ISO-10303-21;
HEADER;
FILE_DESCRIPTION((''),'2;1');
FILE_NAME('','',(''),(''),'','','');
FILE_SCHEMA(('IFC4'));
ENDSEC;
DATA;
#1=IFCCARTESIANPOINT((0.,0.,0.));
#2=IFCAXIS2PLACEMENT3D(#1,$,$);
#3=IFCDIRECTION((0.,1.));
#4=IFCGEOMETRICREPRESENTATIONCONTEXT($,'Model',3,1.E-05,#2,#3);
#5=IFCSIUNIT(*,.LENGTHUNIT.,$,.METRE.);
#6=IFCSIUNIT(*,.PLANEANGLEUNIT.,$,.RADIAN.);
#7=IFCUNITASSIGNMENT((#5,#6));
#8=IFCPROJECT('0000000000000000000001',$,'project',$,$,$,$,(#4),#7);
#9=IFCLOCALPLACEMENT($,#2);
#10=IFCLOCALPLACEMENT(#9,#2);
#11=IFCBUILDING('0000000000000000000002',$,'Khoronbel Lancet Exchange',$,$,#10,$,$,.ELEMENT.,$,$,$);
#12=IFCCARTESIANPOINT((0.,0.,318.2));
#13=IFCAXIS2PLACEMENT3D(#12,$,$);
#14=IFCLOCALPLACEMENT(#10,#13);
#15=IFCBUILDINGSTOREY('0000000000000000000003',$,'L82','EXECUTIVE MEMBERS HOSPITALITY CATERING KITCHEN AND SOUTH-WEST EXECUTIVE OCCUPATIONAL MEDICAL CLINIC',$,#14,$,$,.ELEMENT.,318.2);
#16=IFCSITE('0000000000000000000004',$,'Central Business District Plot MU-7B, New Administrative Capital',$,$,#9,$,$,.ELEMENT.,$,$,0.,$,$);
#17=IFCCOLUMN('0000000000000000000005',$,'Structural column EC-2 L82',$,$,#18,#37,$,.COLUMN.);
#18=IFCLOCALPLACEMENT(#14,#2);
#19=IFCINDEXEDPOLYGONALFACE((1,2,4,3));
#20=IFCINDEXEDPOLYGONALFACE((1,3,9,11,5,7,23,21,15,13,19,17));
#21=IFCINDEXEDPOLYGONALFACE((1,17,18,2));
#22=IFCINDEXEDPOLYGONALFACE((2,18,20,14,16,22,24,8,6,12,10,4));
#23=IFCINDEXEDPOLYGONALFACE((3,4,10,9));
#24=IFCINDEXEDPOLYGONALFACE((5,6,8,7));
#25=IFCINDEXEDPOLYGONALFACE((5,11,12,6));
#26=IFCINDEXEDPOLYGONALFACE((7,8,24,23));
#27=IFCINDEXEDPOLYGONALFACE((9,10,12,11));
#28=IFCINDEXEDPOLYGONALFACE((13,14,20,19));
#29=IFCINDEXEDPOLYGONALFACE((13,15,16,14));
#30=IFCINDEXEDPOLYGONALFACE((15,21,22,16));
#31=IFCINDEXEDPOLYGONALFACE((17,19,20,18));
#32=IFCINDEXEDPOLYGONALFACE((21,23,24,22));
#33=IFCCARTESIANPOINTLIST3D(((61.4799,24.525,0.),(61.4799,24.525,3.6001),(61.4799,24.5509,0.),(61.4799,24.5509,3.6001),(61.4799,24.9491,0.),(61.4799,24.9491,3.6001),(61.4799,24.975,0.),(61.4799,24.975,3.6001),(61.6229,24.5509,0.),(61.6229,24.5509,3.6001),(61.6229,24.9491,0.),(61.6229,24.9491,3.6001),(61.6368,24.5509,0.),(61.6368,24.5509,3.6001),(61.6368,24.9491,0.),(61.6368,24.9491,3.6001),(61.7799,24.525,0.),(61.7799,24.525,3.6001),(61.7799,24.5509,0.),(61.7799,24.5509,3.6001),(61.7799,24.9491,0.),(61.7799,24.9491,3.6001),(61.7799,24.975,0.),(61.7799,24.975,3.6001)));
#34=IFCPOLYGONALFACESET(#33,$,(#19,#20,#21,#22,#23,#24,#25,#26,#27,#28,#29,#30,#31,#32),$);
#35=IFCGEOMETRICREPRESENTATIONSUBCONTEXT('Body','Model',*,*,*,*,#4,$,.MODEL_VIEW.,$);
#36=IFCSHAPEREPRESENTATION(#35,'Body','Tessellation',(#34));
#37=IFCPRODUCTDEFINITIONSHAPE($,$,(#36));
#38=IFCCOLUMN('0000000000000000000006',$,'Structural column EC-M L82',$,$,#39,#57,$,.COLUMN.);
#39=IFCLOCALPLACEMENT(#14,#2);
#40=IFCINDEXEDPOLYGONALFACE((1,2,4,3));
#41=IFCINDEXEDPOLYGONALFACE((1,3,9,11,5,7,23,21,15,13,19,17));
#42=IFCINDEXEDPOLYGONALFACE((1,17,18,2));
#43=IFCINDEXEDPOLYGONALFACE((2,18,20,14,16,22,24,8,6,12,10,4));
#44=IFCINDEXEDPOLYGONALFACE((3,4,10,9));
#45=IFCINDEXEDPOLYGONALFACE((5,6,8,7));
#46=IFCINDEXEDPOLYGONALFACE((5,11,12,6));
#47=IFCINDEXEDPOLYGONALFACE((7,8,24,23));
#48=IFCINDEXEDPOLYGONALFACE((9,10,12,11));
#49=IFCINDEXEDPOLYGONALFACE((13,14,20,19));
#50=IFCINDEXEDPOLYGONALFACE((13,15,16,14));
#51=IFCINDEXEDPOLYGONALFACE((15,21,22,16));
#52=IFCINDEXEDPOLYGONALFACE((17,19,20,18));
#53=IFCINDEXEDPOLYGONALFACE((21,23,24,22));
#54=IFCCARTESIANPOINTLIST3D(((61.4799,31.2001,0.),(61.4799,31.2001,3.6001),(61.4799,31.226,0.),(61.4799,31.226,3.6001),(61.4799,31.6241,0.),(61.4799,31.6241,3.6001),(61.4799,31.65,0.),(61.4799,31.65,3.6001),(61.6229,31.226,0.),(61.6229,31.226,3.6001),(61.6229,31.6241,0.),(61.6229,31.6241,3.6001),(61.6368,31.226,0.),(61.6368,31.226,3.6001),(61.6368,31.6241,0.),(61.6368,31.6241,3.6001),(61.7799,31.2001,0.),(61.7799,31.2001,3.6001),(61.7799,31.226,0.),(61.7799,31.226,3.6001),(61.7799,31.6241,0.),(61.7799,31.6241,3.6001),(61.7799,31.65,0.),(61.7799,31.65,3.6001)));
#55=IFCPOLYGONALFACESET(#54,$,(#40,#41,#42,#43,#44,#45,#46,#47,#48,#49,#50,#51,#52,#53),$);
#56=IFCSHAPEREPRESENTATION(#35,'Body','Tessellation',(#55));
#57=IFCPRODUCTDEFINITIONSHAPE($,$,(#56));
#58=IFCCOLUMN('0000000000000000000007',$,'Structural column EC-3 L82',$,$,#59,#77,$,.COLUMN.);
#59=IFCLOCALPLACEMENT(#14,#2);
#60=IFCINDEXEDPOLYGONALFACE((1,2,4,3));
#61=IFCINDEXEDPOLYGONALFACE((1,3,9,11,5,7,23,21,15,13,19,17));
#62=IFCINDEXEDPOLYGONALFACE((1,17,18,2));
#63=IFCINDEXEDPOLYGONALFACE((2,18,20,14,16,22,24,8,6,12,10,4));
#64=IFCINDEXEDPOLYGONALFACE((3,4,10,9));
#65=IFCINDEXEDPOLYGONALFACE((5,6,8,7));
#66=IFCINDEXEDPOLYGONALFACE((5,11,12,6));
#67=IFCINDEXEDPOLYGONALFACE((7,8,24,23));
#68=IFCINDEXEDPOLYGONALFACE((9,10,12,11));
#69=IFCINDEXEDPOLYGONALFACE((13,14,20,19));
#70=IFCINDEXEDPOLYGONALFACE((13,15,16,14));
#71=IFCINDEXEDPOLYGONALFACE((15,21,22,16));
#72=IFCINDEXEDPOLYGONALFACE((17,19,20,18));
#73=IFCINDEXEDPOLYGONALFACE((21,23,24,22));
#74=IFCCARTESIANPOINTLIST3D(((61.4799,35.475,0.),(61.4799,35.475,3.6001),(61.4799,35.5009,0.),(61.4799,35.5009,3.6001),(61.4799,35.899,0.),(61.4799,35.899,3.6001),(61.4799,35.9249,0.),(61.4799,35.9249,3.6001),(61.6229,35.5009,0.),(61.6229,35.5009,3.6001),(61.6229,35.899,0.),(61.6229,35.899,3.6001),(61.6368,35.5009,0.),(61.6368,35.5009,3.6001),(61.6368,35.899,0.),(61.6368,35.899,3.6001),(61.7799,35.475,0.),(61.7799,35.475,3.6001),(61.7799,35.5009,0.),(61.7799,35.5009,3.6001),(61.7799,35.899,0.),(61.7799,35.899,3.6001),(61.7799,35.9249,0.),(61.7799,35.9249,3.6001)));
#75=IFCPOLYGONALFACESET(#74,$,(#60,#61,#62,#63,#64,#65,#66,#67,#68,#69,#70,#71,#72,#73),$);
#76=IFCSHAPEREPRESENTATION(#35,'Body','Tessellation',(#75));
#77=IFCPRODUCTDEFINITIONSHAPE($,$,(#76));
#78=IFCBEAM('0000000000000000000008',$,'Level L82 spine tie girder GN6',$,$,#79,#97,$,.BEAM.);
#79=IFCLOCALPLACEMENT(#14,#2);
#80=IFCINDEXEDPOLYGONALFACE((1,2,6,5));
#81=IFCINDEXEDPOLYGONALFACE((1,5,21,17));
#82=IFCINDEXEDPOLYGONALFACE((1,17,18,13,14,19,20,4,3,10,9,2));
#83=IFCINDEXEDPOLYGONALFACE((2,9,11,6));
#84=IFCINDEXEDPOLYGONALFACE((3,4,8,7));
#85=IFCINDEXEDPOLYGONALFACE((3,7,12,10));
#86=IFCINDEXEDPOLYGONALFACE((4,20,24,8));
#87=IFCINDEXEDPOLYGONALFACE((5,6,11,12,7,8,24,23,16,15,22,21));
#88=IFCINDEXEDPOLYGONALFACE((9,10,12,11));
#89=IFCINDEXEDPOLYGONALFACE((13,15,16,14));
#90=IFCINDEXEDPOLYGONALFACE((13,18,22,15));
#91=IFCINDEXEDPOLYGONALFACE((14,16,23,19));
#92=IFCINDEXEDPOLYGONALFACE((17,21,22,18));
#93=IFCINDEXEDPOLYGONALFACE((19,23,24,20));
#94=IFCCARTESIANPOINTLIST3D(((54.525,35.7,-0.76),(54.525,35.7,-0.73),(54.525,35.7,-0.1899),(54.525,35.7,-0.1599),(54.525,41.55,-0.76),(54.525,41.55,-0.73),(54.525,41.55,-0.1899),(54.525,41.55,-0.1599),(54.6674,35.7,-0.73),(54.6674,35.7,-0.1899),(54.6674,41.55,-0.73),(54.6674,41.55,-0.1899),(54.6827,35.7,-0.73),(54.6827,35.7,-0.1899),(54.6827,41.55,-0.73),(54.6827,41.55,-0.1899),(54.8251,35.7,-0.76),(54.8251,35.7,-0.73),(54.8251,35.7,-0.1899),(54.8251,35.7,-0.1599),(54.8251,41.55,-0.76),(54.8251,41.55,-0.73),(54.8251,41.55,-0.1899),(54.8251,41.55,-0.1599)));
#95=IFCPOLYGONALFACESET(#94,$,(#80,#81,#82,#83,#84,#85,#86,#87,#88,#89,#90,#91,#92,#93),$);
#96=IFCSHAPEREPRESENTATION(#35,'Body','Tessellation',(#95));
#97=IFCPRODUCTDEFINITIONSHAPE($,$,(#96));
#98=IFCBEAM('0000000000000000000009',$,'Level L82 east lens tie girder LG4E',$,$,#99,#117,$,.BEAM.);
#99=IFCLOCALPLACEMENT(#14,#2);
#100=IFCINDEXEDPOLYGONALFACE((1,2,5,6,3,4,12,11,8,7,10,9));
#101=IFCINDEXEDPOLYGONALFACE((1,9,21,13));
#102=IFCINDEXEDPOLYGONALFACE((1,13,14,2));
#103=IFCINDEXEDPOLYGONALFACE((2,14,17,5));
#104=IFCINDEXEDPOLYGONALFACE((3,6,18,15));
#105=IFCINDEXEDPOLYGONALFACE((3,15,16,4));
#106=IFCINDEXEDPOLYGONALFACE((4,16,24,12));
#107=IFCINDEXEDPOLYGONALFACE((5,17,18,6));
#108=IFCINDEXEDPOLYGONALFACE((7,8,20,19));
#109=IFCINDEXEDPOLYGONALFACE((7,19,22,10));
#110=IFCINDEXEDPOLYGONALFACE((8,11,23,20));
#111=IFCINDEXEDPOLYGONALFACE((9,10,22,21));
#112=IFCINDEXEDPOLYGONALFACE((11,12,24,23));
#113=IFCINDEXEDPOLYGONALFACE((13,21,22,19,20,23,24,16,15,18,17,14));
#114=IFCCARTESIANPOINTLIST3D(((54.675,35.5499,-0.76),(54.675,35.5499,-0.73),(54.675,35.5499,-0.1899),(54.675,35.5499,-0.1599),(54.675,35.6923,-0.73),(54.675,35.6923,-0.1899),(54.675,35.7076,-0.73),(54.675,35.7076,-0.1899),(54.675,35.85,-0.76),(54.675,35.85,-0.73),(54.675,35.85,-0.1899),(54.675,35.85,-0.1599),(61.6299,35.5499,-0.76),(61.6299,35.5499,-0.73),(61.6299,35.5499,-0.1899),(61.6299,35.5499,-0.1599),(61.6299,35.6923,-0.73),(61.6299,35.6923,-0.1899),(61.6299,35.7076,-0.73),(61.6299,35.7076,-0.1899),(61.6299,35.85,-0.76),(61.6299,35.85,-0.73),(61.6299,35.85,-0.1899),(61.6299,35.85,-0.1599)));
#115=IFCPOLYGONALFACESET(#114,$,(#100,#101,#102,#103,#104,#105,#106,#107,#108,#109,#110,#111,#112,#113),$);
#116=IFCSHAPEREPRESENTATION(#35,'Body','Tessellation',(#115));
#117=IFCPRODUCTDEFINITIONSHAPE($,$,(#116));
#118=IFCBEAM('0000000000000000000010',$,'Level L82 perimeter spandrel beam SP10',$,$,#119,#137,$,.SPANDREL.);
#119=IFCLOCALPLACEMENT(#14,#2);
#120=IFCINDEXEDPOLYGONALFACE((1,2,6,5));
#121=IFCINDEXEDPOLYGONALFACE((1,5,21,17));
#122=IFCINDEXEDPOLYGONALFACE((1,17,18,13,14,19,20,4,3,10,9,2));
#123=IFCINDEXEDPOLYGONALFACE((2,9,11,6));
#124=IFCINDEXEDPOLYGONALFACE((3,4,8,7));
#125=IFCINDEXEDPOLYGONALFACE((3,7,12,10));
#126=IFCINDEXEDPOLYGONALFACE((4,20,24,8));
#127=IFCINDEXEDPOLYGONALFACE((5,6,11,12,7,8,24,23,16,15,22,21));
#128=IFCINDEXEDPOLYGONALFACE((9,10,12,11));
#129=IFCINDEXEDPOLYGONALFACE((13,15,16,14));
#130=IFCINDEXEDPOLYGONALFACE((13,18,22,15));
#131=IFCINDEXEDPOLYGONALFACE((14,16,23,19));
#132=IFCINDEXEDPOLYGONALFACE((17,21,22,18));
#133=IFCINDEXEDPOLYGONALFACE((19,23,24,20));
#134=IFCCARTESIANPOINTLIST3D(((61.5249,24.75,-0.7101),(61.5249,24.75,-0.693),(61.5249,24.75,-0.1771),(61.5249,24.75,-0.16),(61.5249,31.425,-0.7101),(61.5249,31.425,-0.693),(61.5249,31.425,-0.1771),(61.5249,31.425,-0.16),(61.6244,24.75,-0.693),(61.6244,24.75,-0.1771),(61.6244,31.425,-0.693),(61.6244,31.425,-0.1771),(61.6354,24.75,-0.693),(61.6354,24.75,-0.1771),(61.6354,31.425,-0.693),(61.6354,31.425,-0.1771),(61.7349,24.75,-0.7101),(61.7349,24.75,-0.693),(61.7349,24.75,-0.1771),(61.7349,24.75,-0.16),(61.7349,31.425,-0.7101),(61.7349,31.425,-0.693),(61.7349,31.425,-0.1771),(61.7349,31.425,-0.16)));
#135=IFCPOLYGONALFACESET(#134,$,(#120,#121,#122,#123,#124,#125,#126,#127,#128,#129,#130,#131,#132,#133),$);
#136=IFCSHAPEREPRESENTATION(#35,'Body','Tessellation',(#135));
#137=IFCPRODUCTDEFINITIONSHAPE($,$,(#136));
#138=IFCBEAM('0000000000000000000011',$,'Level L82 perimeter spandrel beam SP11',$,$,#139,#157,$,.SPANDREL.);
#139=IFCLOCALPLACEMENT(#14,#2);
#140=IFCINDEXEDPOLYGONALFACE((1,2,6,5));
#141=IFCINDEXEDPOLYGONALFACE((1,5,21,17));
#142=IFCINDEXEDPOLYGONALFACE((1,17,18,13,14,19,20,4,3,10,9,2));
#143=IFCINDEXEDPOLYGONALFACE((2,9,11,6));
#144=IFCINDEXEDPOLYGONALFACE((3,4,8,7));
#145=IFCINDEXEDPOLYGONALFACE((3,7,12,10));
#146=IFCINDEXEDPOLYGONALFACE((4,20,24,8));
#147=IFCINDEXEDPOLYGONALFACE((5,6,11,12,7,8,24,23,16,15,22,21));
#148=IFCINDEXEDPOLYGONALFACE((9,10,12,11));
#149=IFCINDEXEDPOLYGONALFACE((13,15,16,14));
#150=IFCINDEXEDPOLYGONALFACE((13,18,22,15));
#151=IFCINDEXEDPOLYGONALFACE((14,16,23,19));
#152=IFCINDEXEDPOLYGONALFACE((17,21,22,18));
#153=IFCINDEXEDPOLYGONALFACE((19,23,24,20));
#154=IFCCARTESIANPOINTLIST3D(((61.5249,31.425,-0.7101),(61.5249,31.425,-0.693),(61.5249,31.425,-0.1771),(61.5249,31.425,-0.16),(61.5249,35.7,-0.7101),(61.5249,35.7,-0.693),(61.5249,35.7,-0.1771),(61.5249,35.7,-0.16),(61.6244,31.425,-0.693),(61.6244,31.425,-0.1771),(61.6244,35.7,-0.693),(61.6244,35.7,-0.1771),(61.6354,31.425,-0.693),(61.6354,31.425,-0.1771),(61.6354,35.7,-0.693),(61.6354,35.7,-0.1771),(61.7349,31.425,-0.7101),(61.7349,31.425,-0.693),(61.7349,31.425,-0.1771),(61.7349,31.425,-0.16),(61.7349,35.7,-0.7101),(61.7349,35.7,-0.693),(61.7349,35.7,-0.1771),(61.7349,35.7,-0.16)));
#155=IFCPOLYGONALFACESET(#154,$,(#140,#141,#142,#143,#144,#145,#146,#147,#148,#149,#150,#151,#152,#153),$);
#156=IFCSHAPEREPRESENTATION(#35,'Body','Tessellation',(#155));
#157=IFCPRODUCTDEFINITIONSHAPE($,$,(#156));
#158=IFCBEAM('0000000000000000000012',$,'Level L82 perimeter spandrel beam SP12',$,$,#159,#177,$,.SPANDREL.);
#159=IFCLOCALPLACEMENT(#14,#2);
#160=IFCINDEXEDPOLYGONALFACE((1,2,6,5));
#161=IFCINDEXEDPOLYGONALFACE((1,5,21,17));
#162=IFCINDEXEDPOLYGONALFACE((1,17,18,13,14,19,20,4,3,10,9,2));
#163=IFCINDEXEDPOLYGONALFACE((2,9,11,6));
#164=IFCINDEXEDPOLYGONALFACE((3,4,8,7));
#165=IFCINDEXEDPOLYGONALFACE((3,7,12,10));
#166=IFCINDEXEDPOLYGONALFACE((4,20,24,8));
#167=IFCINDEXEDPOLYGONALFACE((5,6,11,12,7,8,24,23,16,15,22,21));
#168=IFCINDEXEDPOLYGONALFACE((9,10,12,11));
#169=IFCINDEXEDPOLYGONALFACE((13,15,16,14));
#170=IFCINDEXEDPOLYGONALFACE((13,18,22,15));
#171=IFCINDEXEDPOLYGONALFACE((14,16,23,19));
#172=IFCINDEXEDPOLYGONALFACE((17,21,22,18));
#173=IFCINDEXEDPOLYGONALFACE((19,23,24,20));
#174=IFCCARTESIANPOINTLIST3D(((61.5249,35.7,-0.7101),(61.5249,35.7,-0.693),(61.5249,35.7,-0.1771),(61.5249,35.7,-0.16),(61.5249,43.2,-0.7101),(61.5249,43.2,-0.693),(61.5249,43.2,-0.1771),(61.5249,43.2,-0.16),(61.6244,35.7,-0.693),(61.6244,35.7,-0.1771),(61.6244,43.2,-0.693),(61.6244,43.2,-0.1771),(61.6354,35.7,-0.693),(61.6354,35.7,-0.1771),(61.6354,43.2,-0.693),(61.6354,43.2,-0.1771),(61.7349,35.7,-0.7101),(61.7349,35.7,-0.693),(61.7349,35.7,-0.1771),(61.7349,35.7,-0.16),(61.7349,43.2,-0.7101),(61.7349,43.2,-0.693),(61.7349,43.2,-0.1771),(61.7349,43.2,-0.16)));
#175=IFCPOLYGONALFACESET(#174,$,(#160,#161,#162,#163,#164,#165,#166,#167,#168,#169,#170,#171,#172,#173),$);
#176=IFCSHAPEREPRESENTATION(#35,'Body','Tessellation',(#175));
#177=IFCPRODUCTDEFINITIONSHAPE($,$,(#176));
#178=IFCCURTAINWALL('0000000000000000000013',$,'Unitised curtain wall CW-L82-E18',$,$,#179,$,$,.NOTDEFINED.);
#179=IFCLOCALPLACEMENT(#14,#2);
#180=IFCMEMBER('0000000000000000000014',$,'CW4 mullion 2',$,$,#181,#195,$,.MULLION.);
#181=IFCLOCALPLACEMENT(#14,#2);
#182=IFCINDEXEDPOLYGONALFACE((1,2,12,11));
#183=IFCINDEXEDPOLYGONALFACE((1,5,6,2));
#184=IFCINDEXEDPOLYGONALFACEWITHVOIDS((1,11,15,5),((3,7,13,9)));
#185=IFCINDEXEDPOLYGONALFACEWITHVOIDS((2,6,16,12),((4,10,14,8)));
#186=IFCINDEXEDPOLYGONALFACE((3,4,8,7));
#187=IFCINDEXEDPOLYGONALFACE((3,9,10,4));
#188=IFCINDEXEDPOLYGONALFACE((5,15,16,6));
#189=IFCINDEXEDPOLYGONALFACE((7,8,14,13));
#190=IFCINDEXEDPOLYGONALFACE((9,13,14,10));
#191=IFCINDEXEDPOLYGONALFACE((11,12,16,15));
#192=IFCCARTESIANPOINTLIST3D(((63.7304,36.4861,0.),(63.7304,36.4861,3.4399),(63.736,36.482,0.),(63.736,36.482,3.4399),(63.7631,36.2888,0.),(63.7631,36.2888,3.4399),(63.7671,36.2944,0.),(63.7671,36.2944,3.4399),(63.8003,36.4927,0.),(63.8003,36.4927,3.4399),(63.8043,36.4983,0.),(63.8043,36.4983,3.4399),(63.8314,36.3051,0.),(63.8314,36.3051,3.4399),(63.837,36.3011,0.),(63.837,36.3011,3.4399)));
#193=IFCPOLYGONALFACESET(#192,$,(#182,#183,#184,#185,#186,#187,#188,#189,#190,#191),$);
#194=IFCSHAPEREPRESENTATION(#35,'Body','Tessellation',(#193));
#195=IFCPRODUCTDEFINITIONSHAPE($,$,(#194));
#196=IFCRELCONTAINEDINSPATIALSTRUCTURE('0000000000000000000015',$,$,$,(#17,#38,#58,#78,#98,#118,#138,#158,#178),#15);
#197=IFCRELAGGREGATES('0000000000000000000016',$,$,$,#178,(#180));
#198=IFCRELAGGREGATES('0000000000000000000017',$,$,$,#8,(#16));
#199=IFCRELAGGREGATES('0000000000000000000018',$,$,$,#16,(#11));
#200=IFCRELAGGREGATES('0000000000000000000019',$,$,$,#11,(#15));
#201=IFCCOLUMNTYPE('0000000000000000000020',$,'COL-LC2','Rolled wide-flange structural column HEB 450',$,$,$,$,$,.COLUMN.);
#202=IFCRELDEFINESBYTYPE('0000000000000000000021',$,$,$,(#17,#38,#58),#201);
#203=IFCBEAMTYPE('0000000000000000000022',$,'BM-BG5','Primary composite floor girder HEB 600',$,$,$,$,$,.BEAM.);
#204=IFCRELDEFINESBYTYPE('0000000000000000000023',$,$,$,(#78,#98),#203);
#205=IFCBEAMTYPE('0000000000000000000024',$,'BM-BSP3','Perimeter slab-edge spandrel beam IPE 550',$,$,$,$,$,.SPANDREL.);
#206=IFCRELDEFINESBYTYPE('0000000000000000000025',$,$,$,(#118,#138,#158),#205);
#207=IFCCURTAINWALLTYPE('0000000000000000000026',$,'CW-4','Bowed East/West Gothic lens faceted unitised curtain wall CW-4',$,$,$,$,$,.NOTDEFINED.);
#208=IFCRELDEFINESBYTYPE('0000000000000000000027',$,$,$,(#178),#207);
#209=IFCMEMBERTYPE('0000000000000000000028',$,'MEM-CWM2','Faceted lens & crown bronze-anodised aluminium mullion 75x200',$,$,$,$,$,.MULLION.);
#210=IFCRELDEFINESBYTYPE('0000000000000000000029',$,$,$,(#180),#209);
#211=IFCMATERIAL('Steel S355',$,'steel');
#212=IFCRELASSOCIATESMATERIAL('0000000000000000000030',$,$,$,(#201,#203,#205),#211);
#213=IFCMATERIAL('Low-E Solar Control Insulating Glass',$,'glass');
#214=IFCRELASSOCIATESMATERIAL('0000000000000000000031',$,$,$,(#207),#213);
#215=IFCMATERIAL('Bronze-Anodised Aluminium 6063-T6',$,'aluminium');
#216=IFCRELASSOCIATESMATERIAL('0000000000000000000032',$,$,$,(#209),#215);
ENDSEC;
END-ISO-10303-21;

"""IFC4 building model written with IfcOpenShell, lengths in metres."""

from ifc_helpers import new_model, si_unit, direction, frame, origin, origin_2d, place, context, subcontext, project, spatial, hollow_rectangle, i_section, extrude, material, material_profile, profile_set, type_object, element, aggregate, save


model = new_model("IFC4")

# Units and contexts
model_context = context("Model", 3, precision=1e-05, world=origin(), true_north=direction((0.0, 1.0)))
body_context = subcontext(model_context, "Body", "Model", "MODEL_VIEW")
ifc_project = project(units=[si_unit("LENGTHUNIT", "METRE"), si_unit("PLANEANGLEUNIT", "RADIAN")], contexts=[model_context])

# Site, building, storey
site_placement = place(None, origin())
site = spatial("IfcSite", under=ifc_project, at=site_placement, Name="Central Business District Plot MU-7B, New Administrative Capital", CompositionType="ELEMENT", RefElevation=0.0)
building_placement = place(site_placement, origin())
building = spatial("IfcBuilding", under=site, at=building_placement, Name="Khoronbel Lancet Exchange", CompositionType="ELEMENT")
storey_placement = place(building_placement, frame((0.0, 0.0, 318.2)))
storey = spatial("IfcBuildingStorey", under=building, at=storey_placement, Name="L82", Description="EXECUTIVE MEMBERS HOSPITALITY CATERING KITCHEN AND SOUTH-WEST EXECUTIVE OCCUPATIONAL MEDICAL CLINIC", CompositionType="ELEMENT", Elevation=318.2)

# Columns
ifc_material_1 = material(Name="Steel S355", Category="steel")
ifc_material_profile_1 = material_profile(ifc_material_1, i_section(OverallWidth=0.3, OverallDepth=0.45, WebThickness=0.0139, FlangeThickness=0.0259, at=origin_2d()), Name="HEB 450")
ifc_profile_set_1 = profile_set([ifc_material_profile_1], Name="Steel S355")
column_type = type_object("IfcColumnType", Name="COL-LC2", Description="Rolled wide-flange structural column HEB 450", PredefinedType="COLUMN", material=ifc_profile_set_1)
for number, where, z_axis, x_axis, name in (
    (1, (61.6299, 24.75, 0.0), (0.0, 0.0, 1.0), (1.0, 0.0, 0.0), "Structural column EC-2 L82"),
    (2, (61.6299, 31.425, 0.0), (0.0, 0.0, 1.0), (1.0, 0.0, 0.0), "Structural column EC-M L82"),
    (3, (61.6299, 35.7, 0.0), (0.0, 0.0, 1.0), (1.0, 0.0, 0.0), "Structural column EC-3 L82"),
):
    element("IfcColumn", number, at=place(storey_placement, frame(where, z_axis=z_axis, x_axis=x_axis)), inside=storey, type_object=column_type, Name=name, PredefinedType="COLUMN", context=body_context, shape_type="SweptSolid", body=[
        extrude(i_section(OverallWidth=0.3, OverallDepth=0.45, WebThickness=0.0139, FlangeThickness=0.0259, at=origin_2d()), origin(), (0.0, 0.0, 1.0), 3.6001),
    ])

# Beams
ifc_material_profile_2 = material_profile(ifc_material_1, i_section(OverallWidth=0.3, OverallDepth=0.6001, WebThickness=0.0154, FlangeThickness=0.03, at=origin_2d()), Name="HEB 600")
ifc_profile_set_2 = profile_set([ifc_material_profile_2], Name="Steel S355")
beam_type_1 = type_object("IfcBeamType", Name="BM-BG5", Description="Primary composite floor girder HEB 600", PredefinedType="BEAM", material=ifc_profile_set_2)
beam_1_placement = place(storey_placement, frame((54.675, 35.7, -0.46), z_axis=(0.0, 1.0, 0.0), x_axis=(-1.0, 0.0, 0.0)))
element("IfcBeam", 4, at=beam_1_placement, inside=storey, type_object=beam_type_1, Name="Level L82 spine tie girder GN6", PredefinedType="BEAM", context=body_context, shape_type="SweptSolid", body=[
    extrude(i_section(OverallWidth=0.3, OverallDepth=0.6001, WebThickness=0.0154, FlangeThickness=0.03, at=origin_2d()), origin(), (0.0, 0.0, 1.0), 5.8501),
])
beam_2_placement = place(storey_placement, frame((54.675, 35.7, -0.46), z_axis=(1.0, 0.0, 0.0), x_axis=(0.0, 1.0, 0.0)))
element("IfcBeam", 5, at=beam_2_placement, inside=storey, type_object=beam_type_1, Name="Level L82 east lens tie girder LG4E", PredefinedType="BEAM", context=body_context, shape_type="SweptSolid", body=[
    extrude(i_section(OverallWidth=0.3, OverallDepth=0.6001, WebThickness=0.0154, FlangeThickness=0.03, at=origin_2d()), origin(), (0.0, 0.0, 1.0), 6.9548),
])
ifc_material_profile_3 = material_profile(ifc_material_1, i_section(OverallWidth=0.21, OverallDepth=0.55, WebThickness=0.011, FlangeThickness=0.0171, at=origin_2d()), Name="IPE 550")
ifc_profile_set_3 = profile_set([ifc_material_profile_3], Name="Steel S355")
beam_type_2 = type_object("IfcBeamType", Name="BM-BSP3", Description="Perimeter slab-edge spandrel beam IPE 550", PredefinedType="SPANDREL", material=ifc_profile_set_3)
beam_3_placement = place(storey_placement, frame((61.6299, 24.75, -0.4351), z_axis=(0.0, 1.0, 0.0), x_axis=(-1.0, 0.0, 0.0)))
element("IfcBeam", 6, at=beam_3_placement, inside=storey, type_object=beam_type_2, Name="Level L82 perimeter spandrel beam SP10", PredefinedType="SPANDREL", context=body_context, shape_type="SweptSolid", body=[
    extrude(i_section(OverallWidth=0.21, OverallDepth=0.55, WebThickness=0.011, FlangeThickness=0.0171, at=origin_2d()), origin(), (0.0, 0.0, 1.0), 6.675),
])
beam_4_placement = place(storey_placement, frame((61.6299, 31.425, -0.4351), z_axis=(0.0, 1.0, 0.0), x_axis=(-1.0, 0.0, 0.0)))
element("IfcBeam", 7, at=beam_4_placement, inside=storey, type_object=beam_type_2, Name="Level L82 perimeter spandrel beam SP11", PredefinedType="SPANDREL", context=body_context, shape_type="SweptSolid", body=[
    extrude(i_section(OverallWidth=0.21, OverallDepth=0.55, WebThickness=0.011, FlangeThickness=0.0171, at=origin_2d()), origin(), (0.0, 0.0, 1.0), 4.2749),
])
beam_5_placement = place(storey_placement, frame((61.6299, 35.7, -0.4351), z_axis=(0.0, 1.0, 0.0), x_axis=(-1.0, 0.0, 0.0)))
element("IfcBeam", 8, at=beam_5_placement, inside=storey, type_object=beam_type_2, Name="Level L82 perimeter spandrel beam SP12", PredefinedType="SPANDREL", context=body_context, shape_type="SweptSolid", body=[
    extrude(i_section(OverallWidth=0.21, OverallDepth=0.55, WebThickness=0.011, FlangeThickness=0.0171, at=origin_2d()), origin(), (0.0, 0.0, 1.0), 7.5),
])

# Curtain wall, member
ifc_material_2 = material(Name="Low-E Solar Control Insulating Glass", Category="glass")
curtain_wall_type = type_object("IfcCurtainWallType", Name="CW-4", Description="Bowed East/West Gothic lens faceted unitised curtain wall CW-4", PredefinedType="NOTDEFINED", material=ifc_material_2)
curtain_wall_1_placement = place(storey_placement, origin())
curtain_wall_1 = element("IfcCurtainWall", 9, at=curtain_wall_1_placement, inside=storey, type_object=curtain_wall_type, Name="Unitised curtain wall CW-L82-E18", PredefinedType="NOTDEFINED")
ifc_material_3 = material(Name="Bronze-Anodised Aluminium 6063-T6", Category="aluminium")
ifc_material_profile_4 = material_profile(ifc_material_3, hollow_rectangle(XDim=0.075, YDim=0.2, WallThickness=0.0049, at=origin_2d()), Name="ALU MULLION 75x200")
ifc_profile_set_4 = profile_set([ifc_material_profile_4], Name="Bronze-Anodised Aluminium 6063-T6")
member_type_1 = type_object("IfcMemberType", Name="MEM-CWM2", Description="Faceted lens & crown bronze-anodised aluminium mullion 75x200", PredefinedType="MULLION", material=ifc_profile_set_4)
member_1_placement = place(storey_placement, frame((63.7837, 36.3936, 0.0), z_axis=(0.0, 0.0, 1.0), x_axis=(0.986547, 0.163479, 0.0)))
member_1 = element("IfcMember", 10, at=member_1_placement, type_object=member_type_1, Name="CW4 mullion 2", PredefinedType="MULLION", context=body_context, shape_type="SweptSolid", body=[
    extrude(hollow_rectangle(XDim=0.075, YDim=0.2, WallThickness=0.0049, at=origin_2d()), origin(), (0.0, 0.0, 1.0), 3.4399),
])
aggregate(curtain_wall_1, [member_1])

save(model, "model.ifc")
